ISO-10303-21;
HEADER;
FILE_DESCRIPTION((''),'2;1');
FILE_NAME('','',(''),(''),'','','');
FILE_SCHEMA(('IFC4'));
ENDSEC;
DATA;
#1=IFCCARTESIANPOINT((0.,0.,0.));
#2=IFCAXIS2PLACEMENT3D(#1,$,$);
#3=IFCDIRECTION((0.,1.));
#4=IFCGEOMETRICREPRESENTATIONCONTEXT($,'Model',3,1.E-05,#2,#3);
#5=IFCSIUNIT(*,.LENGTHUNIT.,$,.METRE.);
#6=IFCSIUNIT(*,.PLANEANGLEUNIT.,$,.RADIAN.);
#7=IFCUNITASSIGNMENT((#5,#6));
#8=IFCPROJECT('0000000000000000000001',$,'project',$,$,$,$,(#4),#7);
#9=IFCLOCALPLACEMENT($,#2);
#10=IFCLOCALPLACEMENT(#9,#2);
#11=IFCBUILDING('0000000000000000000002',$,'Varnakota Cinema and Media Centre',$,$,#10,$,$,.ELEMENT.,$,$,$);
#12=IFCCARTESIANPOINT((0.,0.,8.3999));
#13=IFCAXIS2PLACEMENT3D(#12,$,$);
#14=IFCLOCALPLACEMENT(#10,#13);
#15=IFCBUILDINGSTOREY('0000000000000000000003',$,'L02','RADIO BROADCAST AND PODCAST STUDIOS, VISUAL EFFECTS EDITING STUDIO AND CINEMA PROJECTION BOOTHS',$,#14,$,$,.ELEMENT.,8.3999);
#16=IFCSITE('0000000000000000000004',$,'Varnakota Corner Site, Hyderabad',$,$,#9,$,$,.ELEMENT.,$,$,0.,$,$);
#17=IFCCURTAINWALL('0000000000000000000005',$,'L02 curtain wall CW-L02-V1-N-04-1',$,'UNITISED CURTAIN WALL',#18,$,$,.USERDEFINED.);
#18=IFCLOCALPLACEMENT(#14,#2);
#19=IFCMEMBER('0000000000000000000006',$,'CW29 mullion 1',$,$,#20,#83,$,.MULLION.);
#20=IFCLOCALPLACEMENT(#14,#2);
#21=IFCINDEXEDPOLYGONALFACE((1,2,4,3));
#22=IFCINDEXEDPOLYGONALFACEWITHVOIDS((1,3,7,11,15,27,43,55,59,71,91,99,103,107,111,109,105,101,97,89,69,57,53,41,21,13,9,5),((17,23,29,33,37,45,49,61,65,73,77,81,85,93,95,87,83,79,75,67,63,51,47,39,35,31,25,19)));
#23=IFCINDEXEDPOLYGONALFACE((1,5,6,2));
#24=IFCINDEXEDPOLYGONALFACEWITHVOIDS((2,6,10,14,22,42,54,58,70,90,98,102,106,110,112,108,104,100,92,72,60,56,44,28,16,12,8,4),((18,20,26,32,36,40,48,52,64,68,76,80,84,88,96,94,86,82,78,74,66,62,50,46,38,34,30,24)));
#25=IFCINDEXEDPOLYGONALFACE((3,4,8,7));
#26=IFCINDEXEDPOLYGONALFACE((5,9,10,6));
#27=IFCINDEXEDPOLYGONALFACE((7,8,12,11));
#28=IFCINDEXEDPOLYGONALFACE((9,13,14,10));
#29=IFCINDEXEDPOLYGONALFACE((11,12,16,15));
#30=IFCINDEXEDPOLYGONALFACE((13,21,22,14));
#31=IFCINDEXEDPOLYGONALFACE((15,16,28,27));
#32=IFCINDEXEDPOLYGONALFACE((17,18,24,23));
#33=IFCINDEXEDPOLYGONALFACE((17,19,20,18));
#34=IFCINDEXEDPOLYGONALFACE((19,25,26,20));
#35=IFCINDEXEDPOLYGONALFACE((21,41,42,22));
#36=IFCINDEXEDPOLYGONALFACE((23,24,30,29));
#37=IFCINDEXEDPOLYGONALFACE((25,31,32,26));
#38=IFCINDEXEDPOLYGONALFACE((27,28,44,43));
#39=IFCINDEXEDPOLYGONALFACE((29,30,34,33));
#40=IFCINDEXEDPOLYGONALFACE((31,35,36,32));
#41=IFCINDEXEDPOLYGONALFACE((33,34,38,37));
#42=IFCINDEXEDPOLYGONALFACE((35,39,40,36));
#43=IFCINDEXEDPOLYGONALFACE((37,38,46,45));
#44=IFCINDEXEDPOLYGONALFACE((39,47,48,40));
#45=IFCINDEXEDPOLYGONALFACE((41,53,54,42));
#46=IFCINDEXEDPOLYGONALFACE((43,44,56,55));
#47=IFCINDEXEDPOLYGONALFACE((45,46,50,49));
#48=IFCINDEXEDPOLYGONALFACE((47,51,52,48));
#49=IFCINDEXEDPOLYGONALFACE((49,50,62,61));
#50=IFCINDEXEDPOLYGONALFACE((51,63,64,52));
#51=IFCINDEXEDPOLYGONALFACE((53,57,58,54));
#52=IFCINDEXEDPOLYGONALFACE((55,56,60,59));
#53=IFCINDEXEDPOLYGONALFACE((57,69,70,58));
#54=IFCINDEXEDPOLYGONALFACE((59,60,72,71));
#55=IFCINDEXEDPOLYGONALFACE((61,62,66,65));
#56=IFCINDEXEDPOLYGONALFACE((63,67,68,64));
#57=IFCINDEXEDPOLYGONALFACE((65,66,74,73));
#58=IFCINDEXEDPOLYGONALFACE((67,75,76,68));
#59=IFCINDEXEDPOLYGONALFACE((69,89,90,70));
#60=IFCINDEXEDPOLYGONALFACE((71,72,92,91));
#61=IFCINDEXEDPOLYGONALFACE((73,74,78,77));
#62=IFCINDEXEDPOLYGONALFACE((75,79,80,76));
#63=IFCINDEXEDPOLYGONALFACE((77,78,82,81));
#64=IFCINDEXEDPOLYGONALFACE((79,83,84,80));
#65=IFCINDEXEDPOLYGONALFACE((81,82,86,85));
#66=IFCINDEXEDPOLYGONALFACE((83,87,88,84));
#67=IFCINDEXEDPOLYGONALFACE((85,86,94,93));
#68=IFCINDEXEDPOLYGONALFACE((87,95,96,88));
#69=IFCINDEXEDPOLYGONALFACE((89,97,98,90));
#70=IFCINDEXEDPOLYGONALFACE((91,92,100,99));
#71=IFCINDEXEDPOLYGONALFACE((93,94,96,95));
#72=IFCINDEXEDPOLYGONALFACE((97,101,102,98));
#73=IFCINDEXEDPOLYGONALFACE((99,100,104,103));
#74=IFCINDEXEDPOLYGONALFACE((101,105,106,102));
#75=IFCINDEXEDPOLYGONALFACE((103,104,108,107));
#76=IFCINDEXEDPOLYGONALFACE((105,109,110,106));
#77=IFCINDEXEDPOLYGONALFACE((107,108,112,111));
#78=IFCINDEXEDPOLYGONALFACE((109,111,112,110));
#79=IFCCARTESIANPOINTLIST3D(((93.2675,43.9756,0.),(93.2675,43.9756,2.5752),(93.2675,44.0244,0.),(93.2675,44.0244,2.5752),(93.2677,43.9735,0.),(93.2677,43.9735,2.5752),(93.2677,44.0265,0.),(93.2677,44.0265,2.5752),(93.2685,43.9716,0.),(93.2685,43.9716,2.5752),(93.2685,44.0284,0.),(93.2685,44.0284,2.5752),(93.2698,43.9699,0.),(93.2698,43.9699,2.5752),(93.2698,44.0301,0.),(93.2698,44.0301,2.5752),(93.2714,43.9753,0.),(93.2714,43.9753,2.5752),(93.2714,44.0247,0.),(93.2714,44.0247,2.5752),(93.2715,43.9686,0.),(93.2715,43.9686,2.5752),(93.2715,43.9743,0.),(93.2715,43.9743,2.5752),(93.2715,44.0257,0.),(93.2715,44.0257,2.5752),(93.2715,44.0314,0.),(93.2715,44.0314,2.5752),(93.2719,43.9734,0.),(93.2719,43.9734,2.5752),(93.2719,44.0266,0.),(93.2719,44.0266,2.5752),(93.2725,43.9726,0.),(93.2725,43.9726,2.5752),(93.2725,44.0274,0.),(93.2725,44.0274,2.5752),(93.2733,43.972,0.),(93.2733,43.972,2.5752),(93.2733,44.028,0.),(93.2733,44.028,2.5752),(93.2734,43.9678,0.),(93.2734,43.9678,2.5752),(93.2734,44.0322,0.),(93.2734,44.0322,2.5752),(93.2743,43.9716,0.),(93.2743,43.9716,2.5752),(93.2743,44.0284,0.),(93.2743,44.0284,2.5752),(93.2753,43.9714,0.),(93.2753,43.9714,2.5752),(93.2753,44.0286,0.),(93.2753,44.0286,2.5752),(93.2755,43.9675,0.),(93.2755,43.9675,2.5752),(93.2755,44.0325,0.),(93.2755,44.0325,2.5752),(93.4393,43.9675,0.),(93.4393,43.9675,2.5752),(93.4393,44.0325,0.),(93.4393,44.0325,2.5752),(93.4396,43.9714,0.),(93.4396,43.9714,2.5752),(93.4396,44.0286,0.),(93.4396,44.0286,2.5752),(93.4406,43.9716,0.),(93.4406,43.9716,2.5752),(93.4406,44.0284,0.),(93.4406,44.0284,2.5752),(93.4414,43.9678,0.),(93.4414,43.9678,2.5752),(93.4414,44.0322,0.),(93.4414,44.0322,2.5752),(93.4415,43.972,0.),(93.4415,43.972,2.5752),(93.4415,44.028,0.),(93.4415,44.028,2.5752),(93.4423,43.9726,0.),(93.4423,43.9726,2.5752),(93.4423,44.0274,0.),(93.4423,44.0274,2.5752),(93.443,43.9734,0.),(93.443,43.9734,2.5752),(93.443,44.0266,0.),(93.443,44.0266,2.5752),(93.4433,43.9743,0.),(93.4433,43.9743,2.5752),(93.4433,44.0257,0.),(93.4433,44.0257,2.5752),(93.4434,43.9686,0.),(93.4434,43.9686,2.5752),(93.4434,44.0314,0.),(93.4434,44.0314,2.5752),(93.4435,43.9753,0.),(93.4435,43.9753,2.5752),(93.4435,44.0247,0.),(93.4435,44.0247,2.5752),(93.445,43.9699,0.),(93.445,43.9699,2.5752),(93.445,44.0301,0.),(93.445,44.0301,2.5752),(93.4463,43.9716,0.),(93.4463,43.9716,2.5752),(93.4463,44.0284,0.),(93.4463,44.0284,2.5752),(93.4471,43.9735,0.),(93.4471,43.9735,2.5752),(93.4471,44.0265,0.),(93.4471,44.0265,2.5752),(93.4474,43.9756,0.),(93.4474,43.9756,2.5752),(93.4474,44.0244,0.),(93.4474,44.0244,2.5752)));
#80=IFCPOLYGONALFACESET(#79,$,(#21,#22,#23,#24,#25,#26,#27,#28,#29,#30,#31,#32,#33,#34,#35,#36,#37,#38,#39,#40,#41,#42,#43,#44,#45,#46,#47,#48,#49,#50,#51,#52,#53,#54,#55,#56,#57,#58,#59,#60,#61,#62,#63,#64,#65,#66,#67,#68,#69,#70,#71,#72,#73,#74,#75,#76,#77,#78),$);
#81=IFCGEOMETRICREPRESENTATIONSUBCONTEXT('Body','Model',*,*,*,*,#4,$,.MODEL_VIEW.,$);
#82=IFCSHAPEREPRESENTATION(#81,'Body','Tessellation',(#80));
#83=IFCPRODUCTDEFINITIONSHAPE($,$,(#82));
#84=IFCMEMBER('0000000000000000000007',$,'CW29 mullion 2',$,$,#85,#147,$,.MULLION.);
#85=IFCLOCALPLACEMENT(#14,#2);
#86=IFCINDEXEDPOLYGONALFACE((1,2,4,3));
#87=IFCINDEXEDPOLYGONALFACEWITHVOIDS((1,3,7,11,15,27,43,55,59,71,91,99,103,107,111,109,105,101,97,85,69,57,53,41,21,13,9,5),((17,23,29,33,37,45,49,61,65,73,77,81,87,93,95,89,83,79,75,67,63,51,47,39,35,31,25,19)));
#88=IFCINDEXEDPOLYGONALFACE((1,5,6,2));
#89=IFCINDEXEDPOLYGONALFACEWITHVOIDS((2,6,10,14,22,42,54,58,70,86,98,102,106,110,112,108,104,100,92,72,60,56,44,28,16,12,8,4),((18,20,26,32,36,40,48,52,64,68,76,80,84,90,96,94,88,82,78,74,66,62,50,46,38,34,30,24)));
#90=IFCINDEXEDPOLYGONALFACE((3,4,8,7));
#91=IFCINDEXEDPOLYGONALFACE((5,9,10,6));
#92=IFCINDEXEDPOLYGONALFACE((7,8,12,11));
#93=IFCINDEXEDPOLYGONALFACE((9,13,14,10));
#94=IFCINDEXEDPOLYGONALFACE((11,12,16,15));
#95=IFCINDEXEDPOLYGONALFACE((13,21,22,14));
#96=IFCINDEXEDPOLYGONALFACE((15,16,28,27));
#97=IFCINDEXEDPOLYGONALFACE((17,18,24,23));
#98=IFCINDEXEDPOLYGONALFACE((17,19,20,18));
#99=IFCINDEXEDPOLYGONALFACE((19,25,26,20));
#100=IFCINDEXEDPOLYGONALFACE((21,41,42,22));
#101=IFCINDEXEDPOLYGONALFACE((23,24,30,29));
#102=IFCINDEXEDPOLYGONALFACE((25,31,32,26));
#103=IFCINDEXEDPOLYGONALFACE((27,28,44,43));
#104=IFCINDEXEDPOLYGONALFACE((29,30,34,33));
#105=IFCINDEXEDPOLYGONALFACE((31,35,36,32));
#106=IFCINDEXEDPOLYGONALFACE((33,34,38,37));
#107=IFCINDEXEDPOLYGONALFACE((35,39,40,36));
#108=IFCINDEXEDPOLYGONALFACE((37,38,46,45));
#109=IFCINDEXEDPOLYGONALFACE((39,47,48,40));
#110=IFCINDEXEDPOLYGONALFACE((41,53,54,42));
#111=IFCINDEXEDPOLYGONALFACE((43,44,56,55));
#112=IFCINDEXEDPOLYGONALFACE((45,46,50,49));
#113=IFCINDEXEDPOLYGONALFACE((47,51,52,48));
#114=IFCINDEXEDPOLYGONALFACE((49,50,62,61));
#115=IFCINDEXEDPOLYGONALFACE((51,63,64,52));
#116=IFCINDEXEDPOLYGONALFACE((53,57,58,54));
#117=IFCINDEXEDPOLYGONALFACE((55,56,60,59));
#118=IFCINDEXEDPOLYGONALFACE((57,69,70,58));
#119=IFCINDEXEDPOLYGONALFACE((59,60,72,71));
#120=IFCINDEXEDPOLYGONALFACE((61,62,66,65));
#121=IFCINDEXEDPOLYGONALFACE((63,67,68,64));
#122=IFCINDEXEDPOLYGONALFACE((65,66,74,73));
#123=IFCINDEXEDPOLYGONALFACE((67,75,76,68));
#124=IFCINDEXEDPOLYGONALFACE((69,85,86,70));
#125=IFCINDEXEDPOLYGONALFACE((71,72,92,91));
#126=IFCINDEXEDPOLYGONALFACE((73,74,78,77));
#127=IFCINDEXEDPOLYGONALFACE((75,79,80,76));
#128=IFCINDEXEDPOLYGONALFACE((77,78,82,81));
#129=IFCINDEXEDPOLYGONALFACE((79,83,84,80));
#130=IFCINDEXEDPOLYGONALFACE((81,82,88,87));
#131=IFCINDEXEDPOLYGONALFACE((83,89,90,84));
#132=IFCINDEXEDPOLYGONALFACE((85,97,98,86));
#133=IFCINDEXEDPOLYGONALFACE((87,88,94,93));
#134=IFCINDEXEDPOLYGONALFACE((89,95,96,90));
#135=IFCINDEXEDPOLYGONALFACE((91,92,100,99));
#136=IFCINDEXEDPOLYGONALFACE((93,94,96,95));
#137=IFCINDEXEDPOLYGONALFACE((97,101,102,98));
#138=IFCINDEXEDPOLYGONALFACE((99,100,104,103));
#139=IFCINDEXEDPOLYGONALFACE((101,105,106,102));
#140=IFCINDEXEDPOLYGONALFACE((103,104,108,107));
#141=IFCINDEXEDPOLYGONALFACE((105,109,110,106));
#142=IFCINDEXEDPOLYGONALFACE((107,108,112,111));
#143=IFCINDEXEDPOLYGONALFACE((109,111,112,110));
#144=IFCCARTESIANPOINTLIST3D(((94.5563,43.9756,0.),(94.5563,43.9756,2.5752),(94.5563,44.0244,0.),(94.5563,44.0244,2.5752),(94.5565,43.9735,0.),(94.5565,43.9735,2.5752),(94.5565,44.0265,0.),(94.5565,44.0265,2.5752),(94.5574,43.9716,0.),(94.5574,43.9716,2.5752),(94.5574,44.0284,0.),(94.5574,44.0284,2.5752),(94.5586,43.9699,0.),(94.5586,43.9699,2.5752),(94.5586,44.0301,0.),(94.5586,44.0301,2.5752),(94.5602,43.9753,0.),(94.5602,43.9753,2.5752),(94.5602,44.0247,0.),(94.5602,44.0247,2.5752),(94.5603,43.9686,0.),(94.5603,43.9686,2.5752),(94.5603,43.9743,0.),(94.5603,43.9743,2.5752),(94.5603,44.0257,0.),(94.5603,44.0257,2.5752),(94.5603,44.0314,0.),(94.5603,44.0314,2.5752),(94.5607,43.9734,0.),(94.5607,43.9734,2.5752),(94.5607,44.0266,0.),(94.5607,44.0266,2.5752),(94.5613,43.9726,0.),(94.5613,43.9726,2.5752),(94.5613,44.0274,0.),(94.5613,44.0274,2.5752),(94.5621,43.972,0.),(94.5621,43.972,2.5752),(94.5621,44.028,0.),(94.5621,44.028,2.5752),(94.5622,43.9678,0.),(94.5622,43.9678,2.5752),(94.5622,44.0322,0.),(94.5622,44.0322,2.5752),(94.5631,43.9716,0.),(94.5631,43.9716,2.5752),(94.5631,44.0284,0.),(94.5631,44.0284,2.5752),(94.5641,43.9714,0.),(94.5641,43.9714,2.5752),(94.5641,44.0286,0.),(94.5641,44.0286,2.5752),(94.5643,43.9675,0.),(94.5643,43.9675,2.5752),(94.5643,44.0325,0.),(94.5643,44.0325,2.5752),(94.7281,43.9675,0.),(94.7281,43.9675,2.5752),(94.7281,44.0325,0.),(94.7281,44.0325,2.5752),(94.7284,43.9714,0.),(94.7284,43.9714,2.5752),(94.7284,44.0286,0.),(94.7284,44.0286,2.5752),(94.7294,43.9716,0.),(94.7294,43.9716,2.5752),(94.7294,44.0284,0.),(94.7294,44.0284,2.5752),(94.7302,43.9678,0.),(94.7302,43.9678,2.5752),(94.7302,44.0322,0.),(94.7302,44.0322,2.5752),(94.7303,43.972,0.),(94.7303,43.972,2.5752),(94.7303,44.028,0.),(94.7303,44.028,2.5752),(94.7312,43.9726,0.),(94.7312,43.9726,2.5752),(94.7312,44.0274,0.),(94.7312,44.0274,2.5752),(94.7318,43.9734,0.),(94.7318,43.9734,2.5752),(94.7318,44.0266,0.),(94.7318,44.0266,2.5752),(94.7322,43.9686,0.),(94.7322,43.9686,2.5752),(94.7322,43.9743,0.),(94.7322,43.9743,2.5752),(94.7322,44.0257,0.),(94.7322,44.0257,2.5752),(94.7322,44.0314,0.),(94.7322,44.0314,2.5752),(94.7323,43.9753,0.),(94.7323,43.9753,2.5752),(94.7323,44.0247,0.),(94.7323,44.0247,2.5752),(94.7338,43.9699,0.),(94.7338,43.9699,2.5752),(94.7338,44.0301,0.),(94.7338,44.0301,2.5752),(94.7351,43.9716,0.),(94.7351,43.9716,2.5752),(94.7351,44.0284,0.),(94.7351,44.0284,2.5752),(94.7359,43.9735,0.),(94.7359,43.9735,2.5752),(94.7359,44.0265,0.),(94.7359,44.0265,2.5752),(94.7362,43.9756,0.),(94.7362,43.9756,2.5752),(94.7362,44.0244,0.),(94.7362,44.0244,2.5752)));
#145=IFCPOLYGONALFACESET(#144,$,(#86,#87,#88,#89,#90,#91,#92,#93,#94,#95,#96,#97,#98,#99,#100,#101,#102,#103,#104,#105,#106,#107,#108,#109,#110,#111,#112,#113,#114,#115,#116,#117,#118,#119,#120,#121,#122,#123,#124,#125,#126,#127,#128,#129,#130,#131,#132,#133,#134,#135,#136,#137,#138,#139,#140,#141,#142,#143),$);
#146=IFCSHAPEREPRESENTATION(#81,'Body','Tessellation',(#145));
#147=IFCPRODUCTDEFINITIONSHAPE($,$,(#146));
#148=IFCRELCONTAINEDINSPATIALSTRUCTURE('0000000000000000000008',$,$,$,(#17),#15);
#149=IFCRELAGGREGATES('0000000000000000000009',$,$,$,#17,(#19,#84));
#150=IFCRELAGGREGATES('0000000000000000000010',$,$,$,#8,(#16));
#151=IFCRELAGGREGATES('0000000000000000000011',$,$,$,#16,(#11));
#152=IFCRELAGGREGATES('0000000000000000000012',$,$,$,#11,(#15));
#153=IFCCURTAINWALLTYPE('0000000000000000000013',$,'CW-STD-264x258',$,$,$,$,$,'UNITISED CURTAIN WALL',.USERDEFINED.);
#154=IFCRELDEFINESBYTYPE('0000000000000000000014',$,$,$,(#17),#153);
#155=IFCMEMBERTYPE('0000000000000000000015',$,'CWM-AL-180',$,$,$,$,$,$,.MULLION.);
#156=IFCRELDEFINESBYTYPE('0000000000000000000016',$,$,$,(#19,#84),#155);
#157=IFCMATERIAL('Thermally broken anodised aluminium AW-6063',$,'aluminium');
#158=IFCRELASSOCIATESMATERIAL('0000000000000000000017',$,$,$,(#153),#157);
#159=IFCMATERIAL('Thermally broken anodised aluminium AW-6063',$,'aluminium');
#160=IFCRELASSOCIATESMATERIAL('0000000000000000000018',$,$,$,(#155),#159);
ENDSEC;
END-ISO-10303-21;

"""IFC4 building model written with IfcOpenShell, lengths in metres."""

from ifc_helpers import new_model, si_unit, direction, frame, origin, origin_2d, place, context, subcontext, project, spatial, hollow_rectangle, extrude, material, material_profile, profile_set, type_object, element, aggregate, save


model = new_model("IFC4")

# Units and contexts
model_context = context("Model", 3, precision=1e-05, world=origin(), true_north=direction((0.0, 1.0)))
body_context = subcontext(model_context, "Body", "Model", "MODEL_VIEW")
ifc_project = project(units=[si_unit("LENGTHUNIT", "METRE"), si_unit("PLANEANGLEUNIT", "RADIAN")], contexts=[model_context])

# Site, building, storey
site_placement = place(None, origin())
site = spatial("IfcSite", under=ifc_project, at=site_placement, Name="Varnakota Corner Site, Hyderabad", CompositionType="ELEMENT", RefElevation=0.0)
building_placement = place(site_placement, origin())
building = spatial("IfcBuilding", under=site, at=building_placement, Name="Varnakota Cinema and Media Centre", CompositionType="ELEMENT")
storey_placement = place(building_placement, frame((0.0, 0.0, 8.3999)))
storey = spatial("IfcBuildingStorey", under=building, at=storey_placement, Name="L02", Description="RADIO BROADCAST AND PODCAST STUDIOS, VISUAL EFFECTS EDITING STUDIO AND CINEMA PROJECTION BOOTHS", CompositionType="ELEMENT", Elevation=8.3999)

# Curtain wall, members
ifc_material_1 = material(Name="Thermally broken anodised aluminium AW-6063", Category="aluminium")
curtain_wall_type = type_object("IfcCurtainWallType", Name="CW-STD-264x258", ElementType="UNITISED CURTAIN WALL", PredefinedType="USERDEFINED", material=ifc_material_1)
ifc_material_2 = material(Name="Thermally broken anodised aluminium AW-6063", Category="aluminium")
ifc_material_profile_1 = material_profile(ifc_material_2, hollow_rectangle(XDim=0.0649, YDim=0.1799, WallThickness=0.0039, InnerFilletRadius=0.0039, OuterFilletRadius=0.0081, at=origin_2d()), Name="AL-MULLION 180x65x4")
ifc_profile_set_1 = profile_set([ifc_material_profile_1], Name="Thermally broken anodised aluminium AW-6063")
member_type_1 = type_object("IfcMemberType", Name="CWM-AL-180", PredefinedType="MULLION", material=ifc_profile_set_1)
curtain_wall_1_placement = place(storey_placement, origin())
curtain_wall_1 = element("IfcCurtainWall", 1, at=curtain_wall_1_placement, inside=storey, type_object=curtain_wall_type, Name="L02 curtain wall CW-L02-V1-N-04-1", ObjectType="UNITISED CURTAIN WALL", PredefinedType="USERDEFINED")
member_1_placement = place(storey_placement, frame((93.3574, 44.0, 0.0), z_axis=(0.0, 0.0, 1.0), x_axis=(0.0, 1.0, 0.0)))
member_1 = element("IfcMember", 2, at=member_1_placement, type_object=member_type_1, Name="CW29 mullion 1", PredefinedType="MULLION", context=body_context, shape_type="SweptSolid", body=[
    extrude(hollow_rectangle(XDim=0.0649, YDim=0.1799, WallThickness=0.0039, InnerFilletRadius=0.0039, OuterFilletRadius=0.0081, at=origin_2d()), origin(), (0.0, 0.0, 1.0), 2.5752),
])
member_2_placement = place(storey_placement, frame((94.6462, 44.0, 0.0), z_axis=(0.0, 0.0, 1.0), x_axis=(0.0, 1.0, 0.0)))
member_2 = element("IfcMember", 3, at=member_2_placement, type_object=member_type_1, Name="CW29 mullion 2", PredefinedType="MULLION", context=body_context, shape_type="SweptSolid", body=[
    extrude(hollow_rectangle(XDim=0.0649, YDim=0.1799, WallThickness=0.0039, InnerFilletRadius=0.0039, OuterFilletRadius=0.0081, at=origin_2d()), origin(), (0.0, 0.0, 1.0), 2.5752),
])

aggregate(curtain_wall_1, [member_1, member_2])

save(model, "model.ifc")
